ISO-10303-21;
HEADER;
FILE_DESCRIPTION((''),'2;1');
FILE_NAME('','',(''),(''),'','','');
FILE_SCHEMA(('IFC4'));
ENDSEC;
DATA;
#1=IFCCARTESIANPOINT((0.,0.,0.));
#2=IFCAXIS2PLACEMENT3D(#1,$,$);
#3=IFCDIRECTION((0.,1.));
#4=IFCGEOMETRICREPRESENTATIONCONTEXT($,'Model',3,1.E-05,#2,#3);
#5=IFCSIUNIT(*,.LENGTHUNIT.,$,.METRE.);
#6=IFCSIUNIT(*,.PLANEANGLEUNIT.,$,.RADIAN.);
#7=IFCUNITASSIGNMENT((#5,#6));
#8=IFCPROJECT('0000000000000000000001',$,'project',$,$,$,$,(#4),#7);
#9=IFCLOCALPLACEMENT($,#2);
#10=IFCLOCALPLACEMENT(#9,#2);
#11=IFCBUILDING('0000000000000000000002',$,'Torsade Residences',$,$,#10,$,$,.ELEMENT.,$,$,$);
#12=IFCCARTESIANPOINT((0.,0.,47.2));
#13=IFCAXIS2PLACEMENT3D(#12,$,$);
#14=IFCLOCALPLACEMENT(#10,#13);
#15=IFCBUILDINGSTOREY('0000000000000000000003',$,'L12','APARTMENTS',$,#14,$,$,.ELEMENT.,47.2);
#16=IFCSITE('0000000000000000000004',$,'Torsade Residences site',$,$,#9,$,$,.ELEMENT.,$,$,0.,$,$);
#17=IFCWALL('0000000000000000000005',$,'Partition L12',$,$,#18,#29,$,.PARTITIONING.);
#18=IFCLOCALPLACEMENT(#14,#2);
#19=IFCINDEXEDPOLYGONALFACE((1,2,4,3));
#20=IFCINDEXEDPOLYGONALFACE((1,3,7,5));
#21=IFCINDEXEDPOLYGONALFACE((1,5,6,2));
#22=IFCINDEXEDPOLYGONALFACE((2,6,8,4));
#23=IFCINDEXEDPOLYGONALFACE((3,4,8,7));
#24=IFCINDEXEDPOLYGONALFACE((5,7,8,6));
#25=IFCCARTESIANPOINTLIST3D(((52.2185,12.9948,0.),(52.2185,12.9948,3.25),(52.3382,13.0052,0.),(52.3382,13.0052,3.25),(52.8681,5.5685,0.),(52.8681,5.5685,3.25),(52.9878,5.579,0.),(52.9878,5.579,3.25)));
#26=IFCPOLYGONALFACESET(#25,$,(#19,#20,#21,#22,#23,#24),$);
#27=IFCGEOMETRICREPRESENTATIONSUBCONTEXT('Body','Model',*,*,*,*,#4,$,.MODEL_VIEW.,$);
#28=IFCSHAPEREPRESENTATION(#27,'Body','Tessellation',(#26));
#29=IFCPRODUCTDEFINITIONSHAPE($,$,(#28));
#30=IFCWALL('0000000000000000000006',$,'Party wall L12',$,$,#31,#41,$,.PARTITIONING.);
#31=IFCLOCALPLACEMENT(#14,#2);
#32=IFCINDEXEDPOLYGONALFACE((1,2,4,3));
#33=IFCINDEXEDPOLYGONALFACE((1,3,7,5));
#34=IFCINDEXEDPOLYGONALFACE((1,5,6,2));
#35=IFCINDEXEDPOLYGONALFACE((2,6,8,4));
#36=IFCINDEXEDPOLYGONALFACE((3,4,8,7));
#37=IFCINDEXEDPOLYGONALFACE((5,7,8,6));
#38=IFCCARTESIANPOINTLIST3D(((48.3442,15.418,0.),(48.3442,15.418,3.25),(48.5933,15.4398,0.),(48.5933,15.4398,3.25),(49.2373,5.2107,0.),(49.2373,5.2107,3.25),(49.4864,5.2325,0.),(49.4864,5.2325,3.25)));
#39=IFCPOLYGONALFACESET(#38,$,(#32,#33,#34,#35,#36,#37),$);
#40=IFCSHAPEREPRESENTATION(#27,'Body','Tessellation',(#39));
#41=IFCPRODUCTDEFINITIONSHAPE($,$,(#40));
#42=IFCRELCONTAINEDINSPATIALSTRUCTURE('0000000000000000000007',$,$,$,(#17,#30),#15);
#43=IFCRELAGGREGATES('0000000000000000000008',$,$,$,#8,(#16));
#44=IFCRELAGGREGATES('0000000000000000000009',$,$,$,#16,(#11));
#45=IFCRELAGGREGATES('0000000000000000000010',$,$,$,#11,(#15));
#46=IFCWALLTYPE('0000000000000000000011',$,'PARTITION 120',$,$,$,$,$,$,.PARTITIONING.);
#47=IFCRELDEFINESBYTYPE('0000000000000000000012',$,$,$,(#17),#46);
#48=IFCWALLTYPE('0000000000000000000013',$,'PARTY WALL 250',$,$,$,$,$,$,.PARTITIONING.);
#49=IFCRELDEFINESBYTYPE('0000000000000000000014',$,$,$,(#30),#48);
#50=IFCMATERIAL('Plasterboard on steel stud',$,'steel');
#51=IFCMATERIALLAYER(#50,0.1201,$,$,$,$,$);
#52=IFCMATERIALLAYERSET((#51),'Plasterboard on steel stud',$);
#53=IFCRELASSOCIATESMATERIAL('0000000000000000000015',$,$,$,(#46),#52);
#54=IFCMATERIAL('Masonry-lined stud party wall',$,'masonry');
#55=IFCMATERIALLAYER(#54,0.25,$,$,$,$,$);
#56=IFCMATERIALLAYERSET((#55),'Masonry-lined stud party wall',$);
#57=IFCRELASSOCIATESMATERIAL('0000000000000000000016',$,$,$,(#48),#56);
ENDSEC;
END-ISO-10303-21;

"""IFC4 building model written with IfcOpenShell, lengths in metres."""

from ifc_helpers import new_model, si_unit, direction, frame, frame_2d, origin, place, context, subcontext, project, spatial, rectangle, extrude, material, layer, layer_set, type_object, element, save


model = new_model("IFC4")

# Units and contexts
model_context = context("Model", 3, precision=1e-05, world=origin(), true_north=direction((0.0, 1.0)))
body_context = subcontext(model_context, "Body", "Model", "MODEL_VIEW")
ifc_project = project(units=[si_unit("LENGTHUNIT", "METRE"), si_unit("PLANEANGLEUNIT", "RADIAN")], contexts=[model_context])

# Site, building, storey
site_placement = place(None, origin())
site = spatial("IfcSite", under=ifc_project, at=site_placement, Name="Torsade Residences site", CompositionType="ELEMENT", RefElevation=0.0)
building_placement = place(site_placement, origin())
building = spatial("IfcBuilding", under=site, at=building_placement, Name="Torsade Residences", CompositionType="ELEMENT")
storey_placement = place(building_placement, frame((0.0, 0.0, 47.2)))
storey = spatial("IfcBuildingStorey", under=building, at=storey_placement, Name="L12", Description="APARTMENTS", CompositionType="ELEMENT", Elevation=47.2)

# Shared definitions
ifc_material_1 = material(Name="Plasterboard on steel stud", Category="steel")
ifc_layer_1 = layer(ifc_material_1, 0.1201)
ifc_layer_set_1 = layer_set([ifc_layer_1], Name="Plasterboard on steel stud")
wall_type_1 = type_object("IfcWallType", Name="PARTITION 120", PredefinedType="PARTITIONING", material=ifc_layer_set_1)

# Walls
wall_1_placement = place(storey_placement, frame((52.2783, 13.0, 0.0), z_axis=(0.0, 0.0, 1.0), x_axis=(0.087148, -0.996195, 0.0)))
element("IfcWall", 1, at=wall_1_placement, inside=storey, type_object=wall_type_1, Name="Partition L12", PredefinedType="PARTITIONING", context=body_context, shape_type="SweptSolid", body=[
    extrude(rectangle(XDim=7.4546, YDim=0.1201, at=frame_2d((3.7273, 0.0))), origin(), (0.0, 0.0, 1.0), 3.25),
])
ifc_material_2 = material(Name="Masonry-lined stud party wall", Category="masonry")
ifc_layer_2 = layer(ifc_material_2, 0.25)
ifc_layer_set_2 = layer_set([ifc_layer_2], Name="Masonry-lined stud party wall")
wall_type_2 = type_object("IfcWallType", Name="PARTY WALL 250", PredefinedType="PARTITIONING", material=ifc_layer_set_2)
wall_2_placement = place(storey_placement, frame((49.3618, 5.2217, 0.0), z_axis=(0.0, 0.0, 1.0), x_axis=(-0.08716, 0.996194, 0.0)))
element("IfcWall", 2, at=wall_2_placement, inside=storey, type_object=wall_type_2, Name="Party wall L12", PredefinedType="PARTITIONING", context=body_context, shape_type="SweptSolid", body=[
    extrude(rectangle(XDim=10.2463, YDim=0.25, at=frame_2d((5.123, 0.0))), origin(), (0.0, 0.0, 1.0), 3.25),
])

save(model, "model.ifc")
